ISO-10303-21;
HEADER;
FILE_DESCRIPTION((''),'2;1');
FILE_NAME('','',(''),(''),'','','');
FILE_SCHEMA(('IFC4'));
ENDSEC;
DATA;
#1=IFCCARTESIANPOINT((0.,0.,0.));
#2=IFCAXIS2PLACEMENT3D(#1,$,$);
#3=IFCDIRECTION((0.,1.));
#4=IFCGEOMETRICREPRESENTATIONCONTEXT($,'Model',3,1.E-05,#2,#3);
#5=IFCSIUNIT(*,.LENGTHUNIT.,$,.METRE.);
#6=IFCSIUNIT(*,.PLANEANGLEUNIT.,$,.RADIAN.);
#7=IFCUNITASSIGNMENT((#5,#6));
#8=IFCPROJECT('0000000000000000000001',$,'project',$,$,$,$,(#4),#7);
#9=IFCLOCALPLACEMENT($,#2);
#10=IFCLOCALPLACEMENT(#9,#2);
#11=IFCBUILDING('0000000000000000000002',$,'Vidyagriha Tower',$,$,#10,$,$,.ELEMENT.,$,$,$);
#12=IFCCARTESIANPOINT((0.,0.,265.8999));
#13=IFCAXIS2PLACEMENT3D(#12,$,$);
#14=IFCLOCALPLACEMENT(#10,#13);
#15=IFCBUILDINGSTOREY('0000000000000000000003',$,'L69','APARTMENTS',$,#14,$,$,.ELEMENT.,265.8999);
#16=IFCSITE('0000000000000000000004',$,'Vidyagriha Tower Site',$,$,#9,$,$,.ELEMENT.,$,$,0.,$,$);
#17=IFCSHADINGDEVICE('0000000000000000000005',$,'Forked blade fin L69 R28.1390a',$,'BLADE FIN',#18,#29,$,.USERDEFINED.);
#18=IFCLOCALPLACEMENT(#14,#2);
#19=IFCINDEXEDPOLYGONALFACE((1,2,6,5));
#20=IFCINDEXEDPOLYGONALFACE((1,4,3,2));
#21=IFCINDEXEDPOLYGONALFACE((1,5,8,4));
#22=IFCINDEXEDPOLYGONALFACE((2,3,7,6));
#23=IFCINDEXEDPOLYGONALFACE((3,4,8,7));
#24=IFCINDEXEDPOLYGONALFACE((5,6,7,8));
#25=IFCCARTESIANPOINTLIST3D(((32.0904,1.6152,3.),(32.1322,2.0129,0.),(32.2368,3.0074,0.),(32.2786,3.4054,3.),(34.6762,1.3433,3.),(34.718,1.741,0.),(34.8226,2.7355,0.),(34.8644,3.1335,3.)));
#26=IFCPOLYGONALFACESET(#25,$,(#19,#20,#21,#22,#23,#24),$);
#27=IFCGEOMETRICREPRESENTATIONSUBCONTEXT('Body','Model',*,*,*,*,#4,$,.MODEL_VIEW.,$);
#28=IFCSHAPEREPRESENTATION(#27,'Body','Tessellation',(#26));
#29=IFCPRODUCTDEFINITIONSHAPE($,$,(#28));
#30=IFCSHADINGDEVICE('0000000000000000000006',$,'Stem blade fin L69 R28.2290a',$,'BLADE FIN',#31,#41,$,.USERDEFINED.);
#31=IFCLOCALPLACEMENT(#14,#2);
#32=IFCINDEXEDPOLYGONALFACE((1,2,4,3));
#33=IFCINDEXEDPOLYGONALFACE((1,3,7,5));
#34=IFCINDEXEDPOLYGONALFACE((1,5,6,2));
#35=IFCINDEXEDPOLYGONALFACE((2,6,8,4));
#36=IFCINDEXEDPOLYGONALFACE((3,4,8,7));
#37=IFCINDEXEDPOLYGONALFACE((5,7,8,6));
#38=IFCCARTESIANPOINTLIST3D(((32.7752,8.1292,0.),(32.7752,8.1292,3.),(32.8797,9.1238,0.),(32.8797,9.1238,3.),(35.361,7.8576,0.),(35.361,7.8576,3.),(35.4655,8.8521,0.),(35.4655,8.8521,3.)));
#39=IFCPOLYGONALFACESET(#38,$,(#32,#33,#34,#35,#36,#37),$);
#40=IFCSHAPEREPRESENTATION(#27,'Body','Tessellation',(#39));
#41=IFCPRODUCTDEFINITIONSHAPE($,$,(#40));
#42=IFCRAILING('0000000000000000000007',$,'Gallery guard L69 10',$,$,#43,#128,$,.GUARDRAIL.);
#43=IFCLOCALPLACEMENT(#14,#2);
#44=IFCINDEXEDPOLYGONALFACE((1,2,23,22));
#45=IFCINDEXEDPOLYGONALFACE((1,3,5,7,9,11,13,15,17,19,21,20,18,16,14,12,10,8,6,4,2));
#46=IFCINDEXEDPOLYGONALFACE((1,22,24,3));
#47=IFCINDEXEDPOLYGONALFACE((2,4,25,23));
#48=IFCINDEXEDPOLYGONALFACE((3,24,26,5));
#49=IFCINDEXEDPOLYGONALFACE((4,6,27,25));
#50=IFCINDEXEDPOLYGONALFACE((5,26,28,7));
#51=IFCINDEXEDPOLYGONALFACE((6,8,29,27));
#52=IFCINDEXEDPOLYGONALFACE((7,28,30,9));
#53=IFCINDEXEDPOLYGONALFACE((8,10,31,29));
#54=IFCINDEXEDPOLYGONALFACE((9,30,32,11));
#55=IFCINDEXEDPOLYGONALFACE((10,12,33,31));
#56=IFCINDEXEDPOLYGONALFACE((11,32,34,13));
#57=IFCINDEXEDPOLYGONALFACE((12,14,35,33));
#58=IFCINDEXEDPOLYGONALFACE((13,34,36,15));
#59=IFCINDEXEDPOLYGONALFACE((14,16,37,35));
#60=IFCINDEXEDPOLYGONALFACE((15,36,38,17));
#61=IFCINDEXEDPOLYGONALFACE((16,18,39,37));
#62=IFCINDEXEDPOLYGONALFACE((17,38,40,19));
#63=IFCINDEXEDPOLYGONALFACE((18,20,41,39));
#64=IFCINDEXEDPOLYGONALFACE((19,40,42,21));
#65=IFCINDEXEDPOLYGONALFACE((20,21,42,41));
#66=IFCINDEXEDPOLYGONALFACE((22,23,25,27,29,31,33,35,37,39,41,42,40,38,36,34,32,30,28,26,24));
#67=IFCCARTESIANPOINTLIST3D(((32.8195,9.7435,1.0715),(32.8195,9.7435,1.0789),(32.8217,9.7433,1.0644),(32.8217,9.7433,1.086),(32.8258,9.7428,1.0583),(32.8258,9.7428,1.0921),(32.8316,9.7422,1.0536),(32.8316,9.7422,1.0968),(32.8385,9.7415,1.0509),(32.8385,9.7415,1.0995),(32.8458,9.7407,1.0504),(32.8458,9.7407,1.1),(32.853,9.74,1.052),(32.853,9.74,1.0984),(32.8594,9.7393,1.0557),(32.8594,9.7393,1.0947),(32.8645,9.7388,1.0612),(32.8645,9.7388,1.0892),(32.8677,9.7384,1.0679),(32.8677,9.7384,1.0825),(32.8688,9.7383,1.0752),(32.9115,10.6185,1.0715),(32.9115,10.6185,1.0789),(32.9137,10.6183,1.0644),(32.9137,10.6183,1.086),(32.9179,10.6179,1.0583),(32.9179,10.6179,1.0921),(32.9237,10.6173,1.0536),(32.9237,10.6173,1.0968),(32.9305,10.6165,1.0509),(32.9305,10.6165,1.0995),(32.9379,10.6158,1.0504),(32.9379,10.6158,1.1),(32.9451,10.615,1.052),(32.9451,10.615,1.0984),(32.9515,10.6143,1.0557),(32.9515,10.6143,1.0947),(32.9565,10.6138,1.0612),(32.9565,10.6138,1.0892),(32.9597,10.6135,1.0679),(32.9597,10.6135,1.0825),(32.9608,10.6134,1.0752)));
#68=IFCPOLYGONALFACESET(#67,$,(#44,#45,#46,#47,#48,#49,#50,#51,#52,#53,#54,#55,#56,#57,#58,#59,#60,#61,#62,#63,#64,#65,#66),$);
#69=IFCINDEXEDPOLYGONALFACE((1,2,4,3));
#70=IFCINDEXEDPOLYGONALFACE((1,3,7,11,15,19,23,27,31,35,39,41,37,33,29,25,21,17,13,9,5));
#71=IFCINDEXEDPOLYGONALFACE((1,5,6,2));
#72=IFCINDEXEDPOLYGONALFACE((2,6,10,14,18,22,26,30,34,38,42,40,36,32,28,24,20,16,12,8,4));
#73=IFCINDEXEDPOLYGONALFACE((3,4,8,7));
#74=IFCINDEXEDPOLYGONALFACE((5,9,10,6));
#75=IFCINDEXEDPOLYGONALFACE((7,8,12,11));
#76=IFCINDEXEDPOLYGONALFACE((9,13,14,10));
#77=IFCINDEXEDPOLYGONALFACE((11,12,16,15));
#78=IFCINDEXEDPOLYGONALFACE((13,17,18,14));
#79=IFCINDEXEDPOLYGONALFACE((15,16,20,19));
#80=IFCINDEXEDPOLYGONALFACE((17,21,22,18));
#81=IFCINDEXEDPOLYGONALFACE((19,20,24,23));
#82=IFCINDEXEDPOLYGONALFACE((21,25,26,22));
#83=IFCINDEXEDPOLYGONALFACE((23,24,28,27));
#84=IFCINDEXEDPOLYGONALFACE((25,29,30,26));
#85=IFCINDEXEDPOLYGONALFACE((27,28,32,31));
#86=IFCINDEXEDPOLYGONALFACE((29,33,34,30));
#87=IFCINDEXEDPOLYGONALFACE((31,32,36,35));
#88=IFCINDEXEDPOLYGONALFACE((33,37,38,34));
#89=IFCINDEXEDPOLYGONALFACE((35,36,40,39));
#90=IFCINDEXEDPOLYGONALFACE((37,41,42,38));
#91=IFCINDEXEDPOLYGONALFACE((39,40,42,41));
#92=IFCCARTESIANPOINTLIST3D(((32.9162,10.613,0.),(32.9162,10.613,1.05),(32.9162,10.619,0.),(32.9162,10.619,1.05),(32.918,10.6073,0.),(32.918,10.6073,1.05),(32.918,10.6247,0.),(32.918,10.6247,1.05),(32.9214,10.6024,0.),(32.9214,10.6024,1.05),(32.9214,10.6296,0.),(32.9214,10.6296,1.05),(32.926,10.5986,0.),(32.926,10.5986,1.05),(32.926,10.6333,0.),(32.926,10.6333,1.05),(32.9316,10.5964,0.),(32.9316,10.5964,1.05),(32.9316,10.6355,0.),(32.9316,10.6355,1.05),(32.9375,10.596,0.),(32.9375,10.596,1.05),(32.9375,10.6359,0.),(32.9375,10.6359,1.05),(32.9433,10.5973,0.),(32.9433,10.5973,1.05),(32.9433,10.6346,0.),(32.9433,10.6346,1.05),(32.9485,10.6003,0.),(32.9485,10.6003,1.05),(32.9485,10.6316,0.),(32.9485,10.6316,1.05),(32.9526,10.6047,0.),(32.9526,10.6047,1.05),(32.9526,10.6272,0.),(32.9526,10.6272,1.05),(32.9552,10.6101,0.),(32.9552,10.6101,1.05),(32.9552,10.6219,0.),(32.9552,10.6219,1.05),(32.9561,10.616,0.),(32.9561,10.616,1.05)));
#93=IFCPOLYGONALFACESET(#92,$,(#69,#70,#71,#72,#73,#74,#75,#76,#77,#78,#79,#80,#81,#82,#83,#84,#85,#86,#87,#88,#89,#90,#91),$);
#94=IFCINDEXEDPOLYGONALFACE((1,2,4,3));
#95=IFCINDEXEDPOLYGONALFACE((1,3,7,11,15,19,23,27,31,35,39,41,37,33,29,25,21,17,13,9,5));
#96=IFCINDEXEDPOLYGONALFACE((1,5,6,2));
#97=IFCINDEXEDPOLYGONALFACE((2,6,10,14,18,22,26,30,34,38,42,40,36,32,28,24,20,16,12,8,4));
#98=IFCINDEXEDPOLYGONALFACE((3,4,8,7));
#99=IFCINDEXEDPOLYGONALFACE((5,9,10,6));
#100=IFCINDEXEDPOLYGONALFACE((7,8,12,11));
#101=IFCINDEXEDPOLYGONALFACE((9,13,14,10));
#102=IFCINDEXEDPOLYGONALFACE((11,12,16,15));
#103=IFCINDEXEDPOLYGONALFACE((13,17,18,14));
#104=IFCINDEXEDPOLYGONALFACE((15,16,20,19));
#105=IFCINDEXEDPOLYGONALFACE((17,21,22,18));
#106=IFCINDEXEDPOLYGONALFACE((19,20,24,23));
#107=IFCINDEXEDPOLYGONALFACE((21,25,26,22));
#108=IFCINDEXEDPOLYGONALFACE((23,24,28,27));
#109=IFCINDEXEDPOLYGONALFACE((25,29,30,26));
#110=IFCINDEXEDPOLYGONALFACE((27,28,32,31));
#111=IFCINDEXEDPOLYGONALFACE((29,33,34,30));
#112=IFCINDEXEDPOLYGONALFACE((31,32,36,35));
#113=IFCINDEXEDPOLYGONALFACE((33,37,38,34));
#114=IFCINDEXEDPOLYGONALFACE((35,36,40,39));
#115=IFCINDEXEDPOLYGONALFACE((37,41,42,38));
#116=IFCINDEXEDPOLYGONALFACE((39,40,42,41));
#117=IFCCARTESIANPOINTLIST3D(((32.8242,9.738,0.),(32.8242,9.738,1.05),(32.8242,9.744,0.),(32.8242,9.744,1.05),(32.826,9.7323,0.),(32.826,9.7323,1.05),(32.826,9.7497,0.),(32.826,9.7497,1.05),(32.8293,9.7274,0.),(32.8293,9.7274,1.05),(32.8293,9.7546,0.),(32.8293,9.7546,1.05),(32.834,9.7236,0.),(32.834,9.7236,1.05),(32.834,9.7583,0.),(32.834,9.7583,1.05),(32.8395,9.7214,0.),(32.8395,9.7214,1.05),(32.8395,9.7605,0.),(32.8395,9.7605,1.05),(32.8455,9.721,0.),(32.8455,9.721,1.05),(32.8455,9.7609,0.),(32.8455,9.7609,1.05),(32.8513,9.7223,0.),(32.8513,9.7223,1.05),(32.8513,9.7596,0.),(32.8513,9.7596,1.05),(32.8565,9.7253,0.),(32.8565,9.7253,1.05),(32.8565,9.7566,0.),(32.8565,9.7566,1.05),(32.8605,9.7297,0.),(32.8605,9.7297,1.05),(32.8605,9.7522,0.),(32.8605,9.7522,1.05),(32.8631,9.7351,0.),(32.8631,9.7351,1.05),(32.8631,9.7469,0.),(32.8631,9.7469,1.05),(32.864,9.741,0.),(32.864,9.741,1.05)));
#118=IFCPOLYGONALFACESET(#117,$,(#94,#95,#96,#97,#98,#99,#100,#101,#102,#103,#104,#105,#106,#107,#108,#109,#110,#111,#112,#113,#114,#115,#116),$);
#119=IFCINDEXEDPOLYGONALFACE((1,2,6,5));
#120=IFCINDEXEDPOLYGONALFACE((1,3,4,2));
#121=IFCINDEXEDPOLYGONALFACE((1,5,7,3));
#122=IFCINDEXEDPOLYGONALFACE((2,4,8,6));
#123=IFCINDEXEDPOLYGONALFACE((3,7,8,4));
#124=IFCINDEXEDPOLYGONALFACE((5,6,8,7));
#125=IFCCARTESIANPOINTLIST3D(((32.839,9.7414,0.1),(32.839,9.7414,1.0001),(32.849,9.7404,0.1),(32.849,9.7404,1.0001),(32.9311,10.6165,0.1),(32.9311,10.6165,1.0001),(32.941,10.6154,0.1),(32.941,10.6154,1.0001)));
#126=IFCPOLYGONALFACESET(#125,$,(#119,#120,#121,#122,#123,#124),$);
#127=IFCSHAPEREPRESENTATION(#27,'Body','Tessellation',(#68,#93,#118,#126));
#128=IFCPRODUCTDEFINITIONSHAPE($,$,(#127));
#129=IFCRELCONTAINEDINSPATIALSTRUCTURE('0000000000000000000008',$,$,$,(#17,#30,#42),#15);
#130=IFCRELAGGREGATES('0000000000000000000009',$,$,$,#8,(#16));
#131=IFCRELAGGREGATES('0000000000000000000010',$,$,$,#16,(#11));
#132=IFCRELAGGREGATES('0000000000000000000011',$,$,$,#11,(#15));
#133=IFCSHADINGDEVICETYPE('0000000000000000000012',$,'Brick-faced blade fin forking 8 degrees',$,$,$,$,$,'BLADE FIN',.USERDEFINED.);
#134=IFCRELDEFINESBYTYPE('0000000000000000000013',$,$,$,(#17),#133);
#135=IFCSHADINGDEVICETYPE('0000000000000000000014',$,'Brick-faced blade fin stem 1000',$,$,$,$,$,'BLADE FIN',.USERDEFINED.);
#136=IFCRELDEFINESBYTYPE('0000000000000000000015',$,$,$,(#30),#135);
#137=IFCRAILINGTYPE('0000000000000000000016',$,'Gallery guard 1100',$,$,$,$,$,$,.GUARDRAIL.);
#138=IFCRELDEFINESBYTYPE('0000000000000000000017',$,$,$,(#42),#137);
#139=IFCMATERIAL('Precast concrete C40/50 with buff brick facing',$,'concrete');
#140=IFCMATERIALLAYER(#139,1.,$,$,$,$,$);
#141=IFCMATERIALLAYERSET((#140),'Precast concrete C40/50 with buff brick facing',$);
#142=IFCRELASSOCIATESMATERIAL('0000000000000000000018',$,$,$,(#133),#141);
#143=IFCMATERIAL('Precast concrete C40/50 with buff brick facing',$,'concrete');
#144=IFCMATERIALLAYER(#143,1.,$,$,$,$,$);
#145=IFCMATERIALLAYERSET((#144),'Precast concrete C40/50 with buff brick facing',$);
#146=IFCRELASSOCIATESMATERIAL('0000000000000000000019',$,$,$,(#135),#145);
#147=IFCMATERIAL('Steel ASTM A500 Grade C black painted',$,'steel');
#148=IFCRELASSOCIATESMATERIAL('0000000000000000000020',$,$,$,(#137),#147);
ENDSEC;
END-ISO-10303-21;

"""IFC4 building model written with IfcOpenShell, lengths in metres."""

from ifc_helpers import new_model, si_unit, direction, frame, origin, origin_2d, place, context, subcontext, project, spatial, polyline, rectangle, circle, outline, extrude, material, layer, layer_set, type_object, element, save


model = new_model("IFC4")

# Units and contexts
model_context = context("Model", 3, precision=1e-05, world=origin(), true_north=direction((0.0, 1.0)))
body_context = subcontext(model_context, "Body", "Model", "MODEL_VIEW")
ifc_project = project(units=[si_unit("LENGTHUNIT", "METRE"), si_unit("PLANEANGLEUNIT", "RADIAN")], contexts=[model_context])

# Site, building, storey
site_placement = place(None, origin())
site = spatial("IfcSite", under=ifc_project, at=site_placement, Name="Vidyagriha Tower Site", CompositionType="ELEMENT", RefElevation=0.0)
building_placement = place(site_placement, origin())
building = spatial("IfcBuilding", under=site, at=building_placement, Name="Vidyagriha Tower", CompositionType="ELEMENT")
storey_placement = place(building_placement, frame((0.0, 0.0, 265.8999)))
storey = spatial("IfcBuildingStorey", under=building, at=storey_placement, Name="L69", Description="APARTMENTS", CompositionType="ELEMENT", Elevation=265.8999)

# Shading devices
ifc_material_1 = material(Name="Precast concrete C40/50 with buff brick facing", Category="concrete")
ifc_layer_1 = layer(ifc_material_1, 1.0)
ifc_layer_set_1 = layer_set([ifc_layer_1], Name="Precast concrete C40/50 with buff brick facing")
shading_device_type_1 = type_object("IfcShadingDeviceType", Name="Brick-faced blade fin forking 8 degrees", ElementType="BLADE FIN", PredefinedType="USERDEFINED", material=ifc_layer_set_1)
shading_device_1_placement = place(storey_placement, frame((33.3833, 1.4792, 0.0), z_axis=(0.0, 0.0, 1.0), x_axis=(0.104565, 0.994518, 0.0)))
element("IfcShadingDevice", 1, at=shading_device_1_placement, inside=storey, type_object=shading_device_type_1, Name="Forked blade fin L69 R28.1390a", ObjectType="BLADE FIN", PredefinedType="USERDEFINED", context=body_context, shape_type="SweptSolid", body=[
    extrude(outline(polyline([(0.3999, 0.0), (1.3999, 0.0), (1.8, 3.0), (0.0, 3.0), (0.3999, 0.0)])), frame((0.0, 1.3, 0.0), z_axis=(0.0, -1.0, 0.0), x_axis=(1.0, 0.0, 0.0)), (0.0, 0.0, 1.0), 2.6001),
])
ifc_material_2 = material(Name="Precast concrete C40/50 with buff brick facing", Category="concrete")
ifc_layer_2 = layer(ifc_material_2, 1.0)
ifc_layer_set_2 = layer_set([ifc_layer_2], Name="Precast concrete C40/50 with buff brick facing")
shading_device_type_2 = type_object("IfcShadingDeviceType", Name="Brick-faced blade fin stem 1000", ElementType="BLADE FIN", PredefinedType="USERDEFINED", material=ifc_layer_set_2)
shading_device_2_placement = place(storey_placement, frame((34.0681, 7.9934, 0.0), z_axis=(0.0, 0.0, 1.0), x_axis=(0.104481, 0.994527, 0.0)))
element("IfcShadingDevice", 2, at=shading_device_2_placement, inside=storey, type_object=shading_device_type_2, Name="Stem blade fin L69 R28.2290a", ObjectType="BLADE FIN", PredefinedType="USERDEFINED", context=body_context, shape_type="SweptSolid", body=[
    extrude(outline(polyline([(0.0, 0.0), (1.0, 0.0), (1.0, 3.0), (0.0, 3.0), (0.0, 0.0)])), frame((0.0, 1.3, 0.0), z_axis=(0.0, -1.0, 0.0), x_axis=(1.0, 0.0, 0.0)), (0.0, 0.0, 1.0), 2.6001),
])

# Railing
ifc_material_3 = material(Name="Steel ASTM A500 Grade C black painted", Category="steel")
railing_type_1 = type_object("IfcRailingType", Name="Gallery guard 1100", PredefinedType="GUARDRAIL", material=ifc_material_3)
railing_1_placement = place(storey_placement, frame((32.936, 10.616, 0.0)))
element("IfcRailing", 3, at=railing_1_placement, inside=storey, type_object=railing_type_1, Name="Gallery guard L69 10", PredefinedType="GUARDRAIL", context=body_context, shape_type="SweptSolid", body=[
    extrude(circle(Radius=0.0249, at=origin_2d()), frame((0.0, 0.0, 1.0752), z_axis=(-0.104613, -0.994513, 0.0), x_axis=(0.994513, -0.104613, 0.0)), (0.0, 0.0, 1.0), 0.8799),
    extrude(circle(Radius=0.02, at=origin_2d()), origin(), (0.0, 0.0, 1.0), 1.05),
    extrude(circle(Radius=0.02, at=origin_2d()), frame((-0.092, -0.875, 0.0)), (0.0, 0.0, 1.0), 1.05),
    extrude(rectangle(XDim=0.01, YDim=0.9001, at=origin_2d()), frame((0.0, 0.0, 0.55), z_axis=(-0.104613, -0.994513, 0.0), x_axis=(0.994513, -0.104613, 0.0)), (0.0, 0.0, 1.0), 0.8799),
])

save(model, "model.ifc")
